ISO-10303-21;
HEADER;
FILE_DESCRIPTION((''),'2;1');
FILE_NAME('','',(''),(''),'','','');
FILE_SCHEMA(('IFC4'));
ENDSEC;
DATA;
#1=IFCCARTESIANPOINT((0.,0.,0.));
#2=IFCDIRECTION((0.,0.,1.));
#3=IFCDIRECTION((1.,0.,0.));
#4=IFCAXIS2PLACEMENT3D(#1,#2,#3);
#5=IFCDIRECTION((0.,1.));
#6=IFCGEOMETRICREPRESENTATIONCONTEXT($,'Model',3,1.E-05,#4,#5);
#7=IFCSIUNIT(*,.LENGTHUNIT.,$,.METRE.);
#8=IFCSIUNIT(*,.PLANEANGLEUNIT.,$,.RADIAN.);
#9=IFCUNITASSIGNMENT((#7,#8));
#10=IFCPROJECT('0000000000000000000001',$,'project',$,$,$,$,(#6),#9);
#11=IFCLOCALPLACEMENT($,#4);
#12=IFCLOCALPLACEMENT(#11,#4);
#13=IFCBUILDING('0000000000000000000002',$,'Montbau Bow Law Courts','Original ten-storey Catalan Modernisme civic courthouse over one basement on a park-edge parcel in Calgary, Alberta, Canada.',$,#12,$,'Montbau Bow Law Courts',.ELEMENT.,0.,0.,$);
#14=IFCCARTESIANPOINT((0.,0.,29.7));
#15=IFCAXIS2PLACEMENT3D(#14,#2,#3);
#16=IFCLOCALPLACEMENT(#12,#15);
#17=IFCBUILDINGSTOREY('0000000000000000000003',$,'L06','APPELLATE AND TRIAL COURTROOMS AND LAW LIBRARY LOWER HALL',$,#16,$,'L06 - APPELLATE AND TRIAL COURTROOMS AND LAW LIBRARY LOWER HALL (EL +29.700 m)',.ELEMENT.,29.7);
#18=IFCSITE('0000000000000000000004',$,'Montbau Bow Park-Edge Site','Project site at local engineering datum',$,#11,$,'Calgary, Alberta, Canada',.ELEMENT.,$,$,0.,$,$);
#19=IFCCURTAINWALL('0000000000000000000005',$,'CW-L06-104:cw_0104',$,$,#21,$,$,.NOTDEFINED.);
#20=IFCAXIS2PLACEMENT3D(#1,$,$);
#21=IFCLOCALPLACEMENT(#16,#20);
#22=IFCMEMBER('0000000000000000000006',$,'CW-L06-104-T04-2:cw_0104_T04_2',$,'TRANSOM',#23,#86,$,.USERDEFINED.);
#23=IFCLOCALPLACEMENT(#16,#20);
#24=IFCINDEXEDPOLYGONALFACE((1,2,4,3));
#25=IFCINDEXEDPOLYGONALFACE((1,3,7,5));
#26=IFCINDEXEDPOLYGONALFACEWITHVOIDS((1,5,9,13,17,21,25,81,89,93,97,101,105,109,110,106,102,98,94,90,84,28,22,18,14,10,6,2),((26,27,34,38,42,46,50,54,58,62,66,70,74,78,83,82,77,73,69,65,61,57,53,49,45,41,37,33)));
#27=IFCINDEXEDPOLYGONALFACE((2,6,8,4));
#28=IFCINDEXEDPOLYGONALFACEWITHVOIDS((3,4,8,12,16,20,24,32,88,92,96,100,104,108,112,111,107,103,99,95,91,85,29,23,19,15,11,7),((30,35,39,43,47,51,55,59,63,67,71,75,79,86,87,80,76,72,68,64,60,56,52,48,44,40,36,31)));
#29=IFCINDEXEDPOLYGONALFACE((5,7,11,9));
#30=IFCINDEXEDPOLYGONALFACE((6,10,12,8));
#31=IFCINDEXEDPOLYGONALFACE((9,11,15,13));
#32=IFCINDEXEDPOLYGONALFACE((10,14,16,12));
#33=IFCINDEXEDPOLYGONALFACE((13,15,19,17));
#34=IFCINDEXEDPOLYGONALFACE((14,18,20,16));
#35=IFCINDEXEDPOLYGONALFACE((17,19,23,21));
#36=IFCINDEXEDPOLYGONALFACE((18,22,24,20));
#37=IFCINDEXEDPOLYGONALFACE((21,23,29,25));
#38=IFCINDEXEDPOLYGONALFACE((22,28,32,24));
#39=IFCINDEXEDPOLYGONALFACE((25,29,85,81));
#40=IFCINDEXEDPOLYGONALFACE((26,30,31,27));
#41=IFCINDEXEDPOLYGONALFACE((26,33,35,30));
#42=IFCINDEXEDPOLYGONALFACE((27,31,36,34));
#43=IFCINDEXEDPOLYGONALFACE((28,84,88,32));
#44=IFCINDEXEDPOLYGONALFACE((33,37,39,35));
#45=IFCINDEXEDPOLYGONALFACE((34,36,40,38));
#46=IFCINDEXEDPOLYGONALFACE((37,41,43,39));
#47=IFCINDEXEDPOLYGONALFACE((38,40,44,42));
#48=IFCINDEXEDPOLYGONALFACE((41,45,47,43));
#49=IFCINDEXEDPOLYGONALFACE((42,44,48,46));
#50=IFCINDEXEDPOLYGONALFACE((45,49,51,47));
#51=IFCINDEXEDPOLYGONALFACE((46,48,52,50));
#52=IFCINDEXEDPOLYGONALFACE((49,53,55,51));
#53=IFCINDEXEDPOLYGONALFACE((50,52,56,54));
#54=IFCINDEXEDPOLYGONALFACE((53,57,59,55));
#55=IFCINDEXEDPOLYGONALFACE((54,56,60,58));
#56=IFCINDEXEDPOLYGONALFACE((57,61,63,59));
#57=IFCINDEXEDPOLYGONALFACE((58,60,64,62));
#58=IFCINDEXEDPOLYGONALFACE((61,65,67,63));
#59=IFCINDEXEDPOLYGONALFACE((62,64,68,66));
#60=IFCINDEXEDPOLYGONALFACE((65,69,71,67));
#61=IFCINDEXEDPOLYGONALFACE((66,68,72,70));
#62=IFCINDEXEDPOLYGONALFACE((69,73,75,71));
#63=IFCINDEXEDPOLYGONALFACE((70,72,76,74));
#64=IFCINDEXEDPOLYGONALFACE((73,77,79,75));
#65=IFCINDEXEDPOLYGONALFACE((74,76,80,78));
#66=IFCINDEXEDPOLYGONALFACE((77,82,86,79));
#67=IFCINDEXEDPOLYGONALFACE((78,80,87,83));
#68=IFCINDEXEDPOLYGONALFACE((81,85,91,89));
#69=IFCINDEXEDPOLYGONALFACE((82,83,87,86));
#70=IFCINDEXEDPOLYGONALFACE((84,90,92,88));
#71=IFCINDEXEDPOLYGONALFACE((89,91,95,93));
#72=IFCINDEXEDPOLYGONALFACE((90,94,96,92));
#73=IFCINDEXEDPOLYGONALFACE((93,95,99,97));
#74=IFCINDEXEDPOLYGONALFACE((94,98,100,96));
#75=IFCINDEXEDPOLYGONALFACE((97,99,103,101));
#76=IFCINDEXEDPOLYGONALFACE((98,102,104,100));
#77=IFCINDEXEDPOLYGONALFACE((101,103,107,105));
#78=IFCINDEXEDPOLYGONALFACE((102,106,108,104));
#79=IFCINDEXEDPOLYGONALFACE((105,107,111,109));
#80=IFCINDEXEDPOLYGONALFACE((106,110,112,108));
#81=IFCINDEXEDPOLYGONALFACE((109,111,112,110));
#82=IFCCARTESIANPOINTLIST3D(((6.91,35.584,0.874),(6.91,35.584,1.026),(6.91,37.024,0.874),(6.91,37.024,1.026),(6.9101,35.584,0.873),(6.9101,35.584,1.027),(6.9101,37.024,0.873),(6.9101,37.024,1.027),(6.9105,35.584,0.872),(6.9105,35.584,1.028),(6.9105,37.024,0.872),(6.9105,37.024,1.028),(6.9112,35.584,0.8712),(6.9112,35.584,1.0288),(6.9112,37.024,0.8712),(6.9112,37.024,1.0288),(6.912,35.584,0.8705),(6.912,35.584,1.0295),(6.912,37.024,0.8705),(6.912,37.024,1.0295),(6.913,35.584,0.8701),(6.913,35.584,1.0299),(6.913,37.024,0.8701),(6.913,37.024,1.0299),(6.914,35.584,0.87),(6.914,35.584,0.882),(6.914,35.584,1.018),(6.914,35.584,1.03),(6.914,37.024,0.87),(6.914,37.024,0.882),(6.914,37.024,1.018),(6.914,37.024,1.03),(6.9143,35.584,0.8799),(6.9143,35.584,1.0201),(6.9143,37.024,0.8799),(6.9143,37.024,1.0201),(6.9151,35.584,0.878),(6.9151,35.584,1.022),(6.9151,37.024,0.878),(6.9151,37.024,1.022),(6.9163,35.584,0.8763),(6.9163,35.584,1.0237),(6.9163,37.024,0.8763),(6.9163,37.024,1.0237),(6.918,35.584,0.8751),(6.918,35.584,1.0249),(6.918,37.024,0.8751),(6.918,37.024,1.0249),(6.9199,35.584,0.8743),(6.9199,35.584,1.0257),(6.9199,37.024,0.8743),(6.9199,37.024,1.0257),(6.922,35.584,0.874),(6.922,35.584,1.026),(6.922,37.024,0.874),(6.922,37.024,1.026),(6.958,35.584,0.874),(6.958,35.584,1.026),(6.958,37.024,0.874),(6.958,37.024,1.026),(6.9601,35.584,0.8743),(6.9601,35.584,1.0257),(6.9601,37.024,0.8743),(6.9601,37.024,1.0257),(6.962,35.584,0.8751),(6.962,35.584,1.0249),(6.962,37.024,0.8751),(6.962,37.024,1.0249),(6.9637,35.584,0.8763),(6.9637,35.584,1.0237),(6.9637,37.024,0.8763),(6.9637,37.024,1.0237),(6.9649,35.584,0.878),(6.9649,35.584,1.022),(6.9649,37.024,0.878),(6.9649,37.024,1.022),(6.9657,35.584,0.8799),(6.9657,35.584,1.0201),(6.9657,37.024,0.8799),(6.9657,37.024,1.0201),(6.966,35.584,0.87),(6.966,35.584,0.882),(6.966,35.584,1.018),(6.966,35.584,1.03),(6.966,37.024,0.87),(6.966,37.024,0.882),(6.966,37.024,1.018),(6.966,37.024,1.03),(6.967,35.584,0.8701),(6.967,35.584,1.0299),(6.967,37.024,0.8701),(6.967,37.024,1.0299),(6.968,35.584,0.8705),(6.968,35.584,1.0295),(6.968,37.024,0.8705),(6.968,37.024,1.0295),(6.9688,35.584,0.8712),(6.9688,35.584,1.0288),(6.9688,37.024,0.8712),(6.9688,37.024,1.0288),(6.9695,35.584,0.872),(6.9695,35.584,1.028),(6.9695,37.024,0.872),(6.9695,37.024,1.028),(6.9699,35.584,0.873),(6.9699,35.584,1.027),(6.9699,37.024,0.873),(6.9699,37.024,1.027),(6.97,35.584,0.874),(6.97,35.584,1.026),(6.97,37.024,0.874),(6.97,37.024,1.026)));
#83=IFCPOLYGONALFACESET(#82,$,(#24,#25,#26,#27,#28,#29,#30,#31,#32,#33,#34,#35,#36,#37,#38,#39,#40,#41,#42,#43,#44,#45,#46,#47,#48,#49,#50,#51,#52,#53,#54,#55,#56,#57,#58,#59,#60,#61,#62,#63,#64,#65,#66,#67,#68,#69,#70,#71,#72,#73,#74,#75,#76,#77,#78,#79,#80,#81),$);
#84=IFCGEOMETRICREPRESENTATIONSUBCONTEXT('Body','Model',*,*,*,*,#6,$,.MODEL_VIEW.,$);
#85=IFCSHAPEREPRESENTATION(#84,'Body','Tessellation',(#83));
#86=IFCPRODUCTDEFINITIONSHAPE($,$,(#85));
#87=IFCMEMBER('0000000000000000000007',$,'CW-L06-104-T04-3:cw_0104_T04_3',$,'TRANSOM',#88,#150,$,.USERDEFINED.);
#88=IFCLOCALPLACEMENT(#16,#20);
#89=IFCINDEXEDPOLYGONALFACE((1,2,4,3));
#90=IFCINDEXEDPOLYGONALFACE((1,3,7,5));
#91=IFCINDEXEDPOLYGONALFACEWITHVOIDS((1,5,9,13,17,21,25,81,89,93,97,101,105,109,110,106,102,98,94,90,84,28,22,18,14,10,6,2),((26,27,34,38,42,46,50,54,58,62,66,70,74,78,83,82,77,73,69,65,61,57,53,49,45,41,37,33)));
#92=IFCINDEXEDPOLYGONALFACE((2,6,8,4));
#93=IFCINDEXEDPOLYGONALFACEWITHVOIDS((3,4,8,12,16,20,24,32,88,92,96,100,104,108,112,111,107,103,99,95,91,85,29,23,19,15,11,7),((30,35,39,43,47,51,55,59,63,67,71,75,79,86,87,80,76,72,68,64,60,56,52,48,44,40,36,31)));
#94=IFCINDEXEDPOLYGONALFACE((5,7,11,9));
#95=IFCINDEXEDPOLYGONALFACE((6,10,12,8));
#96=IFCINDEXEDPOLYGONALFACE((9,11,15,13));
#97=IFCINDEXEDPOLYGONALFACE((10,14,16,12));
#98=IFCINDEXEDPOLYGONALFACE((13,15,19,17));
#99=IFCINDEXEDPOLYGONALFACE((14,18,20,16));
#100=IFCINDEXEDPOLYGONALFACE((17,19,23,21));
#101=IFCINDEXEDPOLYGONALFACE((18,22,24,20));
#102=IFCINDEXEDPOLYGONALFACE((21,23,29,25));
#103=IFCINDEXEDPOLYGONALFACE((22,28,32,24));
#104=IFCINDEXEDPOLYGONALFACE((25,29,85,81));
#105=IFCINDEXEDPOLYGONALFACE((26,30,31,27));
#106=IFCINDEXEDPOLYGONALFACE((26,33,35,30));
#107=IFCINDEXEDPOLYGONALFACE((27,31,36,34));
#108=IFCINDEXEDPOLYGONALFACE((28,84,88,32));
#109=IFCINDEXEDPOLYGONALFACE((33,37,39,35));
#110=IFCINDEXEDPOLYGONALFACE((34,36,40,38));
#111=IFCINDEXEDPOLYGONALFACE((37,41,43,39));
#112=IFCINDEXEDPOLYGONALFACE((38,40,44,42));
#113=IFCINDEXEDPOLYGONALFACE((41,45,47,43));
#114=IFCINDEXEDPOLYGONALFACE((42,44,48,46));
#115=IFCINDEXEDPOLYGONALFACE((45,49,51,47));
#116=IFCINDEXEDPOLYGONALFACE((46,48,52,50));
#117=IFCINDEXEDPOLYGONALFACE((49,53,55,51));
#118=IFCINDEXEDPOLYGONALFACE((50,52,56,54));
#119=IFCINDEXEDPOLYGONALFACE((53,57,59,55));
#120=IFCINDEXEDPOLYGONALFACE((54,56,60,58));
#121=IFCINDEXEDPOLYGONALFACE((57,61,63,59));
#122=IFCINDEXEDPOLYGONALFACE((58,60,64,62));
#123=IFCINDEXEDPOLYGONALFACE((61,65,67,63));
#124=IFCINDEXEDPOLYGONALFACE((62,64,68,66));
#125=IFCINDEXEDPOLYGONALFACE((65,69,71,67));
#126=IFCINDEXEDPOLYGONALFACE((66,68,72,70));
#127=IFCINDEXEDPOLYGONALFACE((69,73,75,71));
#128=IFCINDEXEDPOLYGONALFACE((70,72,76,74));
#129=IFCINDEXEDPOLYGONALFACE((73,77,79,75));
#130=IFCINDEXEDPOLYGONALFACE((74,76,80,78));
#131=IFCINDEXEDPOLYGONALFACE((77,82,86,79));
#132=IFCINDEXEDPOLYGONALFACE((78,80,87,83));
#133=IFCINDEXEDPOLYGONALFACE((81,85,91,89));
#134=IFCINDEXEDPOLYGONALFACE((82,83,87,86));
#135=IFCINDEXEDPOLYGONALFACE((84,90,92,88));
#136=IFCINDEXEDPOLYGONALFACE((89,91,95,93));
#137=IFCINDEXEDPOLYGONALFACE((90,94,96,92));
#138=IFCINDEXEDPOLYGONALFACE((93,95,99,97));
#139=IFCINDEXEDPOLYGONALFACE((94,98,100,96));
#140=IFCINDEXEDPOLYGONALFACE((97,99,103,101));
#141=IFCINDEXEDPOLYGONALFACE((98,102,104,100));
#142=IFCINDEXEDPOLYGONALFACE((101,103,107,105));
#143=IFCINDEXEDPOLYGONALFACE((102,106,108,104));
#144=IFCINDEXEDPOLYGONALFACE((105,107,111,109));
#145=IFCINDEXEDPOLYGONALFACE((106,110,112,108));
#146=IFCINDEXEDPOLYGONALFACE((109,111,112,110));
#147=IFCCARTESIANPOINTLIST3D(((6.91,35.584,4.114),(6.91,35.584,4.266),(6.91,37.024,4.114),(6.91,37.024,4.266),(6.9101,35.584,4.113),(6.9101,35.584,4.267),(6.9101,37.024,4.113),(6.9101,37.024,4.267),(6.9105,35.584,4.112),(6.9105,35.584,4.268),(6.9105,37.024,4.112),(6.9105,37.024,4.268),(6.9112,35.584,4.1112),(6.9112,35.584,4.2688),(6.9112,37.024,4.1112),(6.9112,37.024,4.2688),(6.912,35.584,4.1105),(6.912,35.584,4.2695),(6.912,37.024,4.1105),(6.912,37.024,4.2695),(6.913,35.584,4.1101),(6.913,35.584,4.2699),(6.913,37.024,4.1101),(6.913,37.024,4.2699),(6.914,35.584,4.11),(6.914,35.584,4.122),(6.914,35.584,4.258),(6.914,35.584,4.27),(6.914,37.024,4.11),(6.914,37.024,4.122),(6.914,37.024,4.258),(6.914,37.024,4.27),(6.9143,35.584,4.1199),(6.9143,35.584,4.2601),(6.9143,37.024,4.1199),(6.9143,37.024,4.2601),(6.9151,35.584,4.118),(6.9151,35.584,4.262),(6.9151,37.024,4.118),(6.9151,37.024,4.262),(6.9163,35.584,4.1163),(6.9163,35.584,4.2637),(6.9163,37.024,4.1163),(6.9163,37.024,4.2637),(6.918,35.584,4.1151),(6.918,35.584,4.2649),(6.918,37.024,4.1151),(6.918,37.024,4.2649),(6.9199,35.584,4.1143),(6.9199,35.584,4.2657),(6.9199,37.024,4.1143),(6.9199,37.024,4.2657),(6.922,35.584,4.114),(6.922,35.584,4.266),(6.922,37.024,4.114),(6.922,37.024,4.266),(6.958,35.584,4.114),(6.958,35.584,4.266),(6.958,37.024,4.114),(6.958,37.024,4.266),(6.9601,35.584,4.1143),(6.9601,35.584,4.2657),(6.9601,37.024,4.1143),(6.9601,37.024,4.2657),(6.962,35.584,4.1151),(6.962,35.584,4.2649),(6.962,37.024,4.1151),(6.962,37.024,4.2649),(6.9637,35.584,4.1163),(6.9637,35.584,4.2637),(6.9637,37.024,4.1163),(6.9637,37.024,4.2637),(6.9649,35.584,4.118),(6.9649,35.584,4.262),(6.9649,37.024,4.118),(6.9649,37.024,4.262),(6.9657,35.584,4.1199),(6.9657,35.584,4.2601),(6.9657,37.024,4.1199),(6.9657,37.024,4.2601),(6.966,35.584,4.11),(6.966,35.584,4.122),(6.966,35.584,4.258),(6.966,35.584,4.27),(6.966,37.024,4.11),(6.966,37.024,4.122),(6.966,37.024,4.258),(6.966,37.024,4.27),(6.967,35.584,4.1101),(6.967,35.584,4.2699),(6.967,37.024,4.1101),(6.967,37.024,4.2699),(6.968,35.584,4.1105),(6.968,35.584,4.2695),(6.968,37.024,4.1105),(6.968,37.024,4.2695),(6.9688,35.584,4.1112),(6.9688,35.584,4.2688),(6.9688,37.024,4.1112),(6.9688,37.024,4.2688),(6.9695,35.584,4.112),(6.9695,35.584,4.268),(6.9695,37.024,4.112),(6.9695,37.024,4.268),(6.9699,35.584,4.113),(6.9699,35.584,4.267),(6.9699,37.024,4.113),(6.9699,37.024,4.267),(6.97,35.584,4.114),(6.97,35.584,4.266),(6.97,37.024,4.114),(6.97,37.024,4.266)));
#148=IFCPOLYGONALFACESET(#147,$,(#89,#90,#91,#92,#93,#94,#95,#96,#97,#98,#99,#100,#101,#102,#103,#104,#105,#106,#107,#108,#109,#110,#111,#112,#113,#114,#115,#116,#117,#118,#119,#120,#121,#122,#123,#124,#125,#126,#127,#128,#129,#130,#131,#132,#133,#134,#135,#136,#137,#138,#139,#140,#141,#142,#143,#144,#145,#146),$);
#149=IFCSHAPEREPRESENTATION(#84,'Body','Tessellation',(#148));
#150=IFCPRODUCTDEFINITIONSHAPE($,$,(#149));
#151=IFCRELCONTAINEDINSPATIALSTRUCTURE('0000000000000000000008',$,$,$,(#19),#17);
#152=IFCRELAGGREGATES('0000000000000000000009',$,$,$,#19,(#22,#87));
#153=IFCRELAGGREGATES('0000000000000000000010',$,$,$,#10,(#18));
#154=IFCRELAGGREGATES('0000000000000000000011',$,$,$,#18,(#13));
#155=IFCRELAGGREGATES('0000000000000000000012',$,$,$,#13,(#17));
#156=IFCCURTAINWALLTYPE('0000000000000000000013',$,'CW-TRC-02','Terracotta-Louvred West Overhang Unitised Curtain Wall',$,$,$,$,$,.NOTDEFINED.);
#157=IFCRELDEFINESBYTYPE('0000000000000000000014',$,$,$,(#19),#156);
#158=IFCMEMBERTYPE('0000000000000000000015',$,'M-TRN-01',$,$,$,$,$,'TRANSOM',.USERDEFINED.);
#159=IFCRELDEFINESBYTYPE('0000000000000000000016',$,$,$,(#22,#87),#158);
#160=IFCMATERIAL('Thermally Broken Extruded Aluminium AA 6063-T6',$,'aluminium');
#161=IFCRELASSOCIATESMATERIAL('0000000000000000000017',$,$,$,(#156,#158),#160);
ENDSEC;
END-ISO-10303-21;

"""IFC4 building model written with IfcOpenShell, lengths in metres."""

from ifc_helpers import new_model, si_unit, direction, frame, origin_with_axes, origin_2d_with_axis, place, context, subcontext, project, spatial, hollow_rectangle, extrude, material, material_profile, profile_set, type_object, element, aggregate, save


model = new_model("IFC4")

# Units and contexts
model_context = context("Model", 3, precision=1e-05, world=origin_with_axes(), true_north=direction((0.0, 1.0)))
body_context = subcontext(model_context, "Body", "Model", "MODEL_VIEW")
ifc_project = project(units=[si_unit("LENGTHUNIT", "METRE"), si_unit("PLANEANGLEUNIT", "RADIAN")], contexts=[model_context])

# Site, building, storey
site_placement = place(None, origin_with_axes())
site = spatial("IfcSite", under=ifc_project, at=site_placement, Name="Montbau Bow Park-Edge Site", Description="Project site at local engineering datum", LongName="Calgary, Alberta, Canada", CompositionType="ELEMENT", RefElevation=0.0)
building_placement = place(site_placement, origin_with_axes())
building = spatial("IfcBuilding", under=site, at=building_placement, Name="Montbau Bow Law Courts", Description="Original ten-storey Catalan Modernisme civic courthouse over one basement on a park-edge parcel in Calgary, Alberta, Canada.", LongName="Montbau Bow Law Courts", CompositionType="ELEMENT", ElevationOfRefHeight=0.0, ElevationOfTerrain=0.0)
storey_placement = place(building_placement, frame((0.0, 0.0, 29.7), z_axis=(0.0, 0.0, 1.0), x_axis=(1.0, 0.0, 0.0)))
storey = spatial("IfcBuildingStorey", under=building, at=storey_placement, Name="L06", Description="APPELLATE AND TRIAL COURTROOMS AND LAW LIBRARY LOWER HALL", LongName="L06 - APPELLATE AND TRIAL COURTROOMS AND LAW LIBRARY LOWER HALL (EL +29.700 m)", CompositionType="ELEMENT", Elevation=29.7)

# Curtain wall, members
ifc_material_1 = material(Name="Thermally Broken Extruded Aluminium AA 6063-T6", Category="aluminium")
curtain_wall_type = type_object("IfcCurtainWallType", Name="CW-TRC-02", Description="Terracotta-Louvred West Overhang Unitised Curtain Wall", PredefinedType="NOTDEFINED", material=ifc_material_1)
curtain_wall_placement = place(None, frame((6.94, 31.04, 29.7), z_axis=(0.0, 0.0, 1.0), x_axis=(1.0, 0.0, 0.0)))
curtain_wall = element("IfcCurtainWall", 1, at=curtain_wall_placement, inside=storey, type_object=curtain_wall_type, Name="CW-L06-104:cw_0104", PredefinedType="NOTDEFINED")
ifc_material_profile_1 = material_profile(ifc_material_1, hollow_rectangle(XDim=0.06, YDim=0.16, WallThickness=0.004, InnerFilletRadius=0.008, OuterFilletRadius=0.004, at=origin_2d_with_axis()), Name="CWT-160X60", Category="Main", Priority=0)
ifc_profile_set_1 = profile_set([ifc_material_profile_1], Name="Thermally Broken Extruded Aluminium AA 6063-T6")
member_type_1 = type_object("IfcMemberType", Name="M-TRN-01", ElementType="TRANSOM", PredefinedType="USERDEFINED", material=ifc_profile_set_1)
member_1_placement = place(None, frame((6.94, 35.584, 30.65), z_axis=(0.0, 1.0, 0.0), x_axis=(-1.0, 0.0, 0.0)))
member_1 = element("IfcMember", 2, at=member_1_placement, type_object=member_type_1, Name="CW-L06-104-T04-2:cw_0104_T04_2", ObjectType="TRANSOM", PredefinedType="USERDEFINED", context=body_context, shape_type="SweptSolid", body=[
    extrude(hollow_rectangle(XDim=0.06, YDim=0.16, WallThickness=0.004, InnerFilletRadius=0.008, OuterFilletRadius=0.004, at=origin_2d_with_axis()), origin_with_axes(), (0.0, 0.0, 1.0), 1.44),
])
member_2_placement = place(None, frame((6.94, 35.584, 33.89), z_axis=(0.0, 1.0, 0.0), x_axis=(-1.0, 0.0, 0.0)))
member_2 = element("IfcMember", 3, at=member_2_placement, type_object=member_type_1, Name="CW-L06-104-T04-3:cw_0104_T04_3", ObjectType="TRANSOM", PredefinedType="USERDEFINED", context=body_context, shape_type="SweptSolid", body=[
    extrude(hollow_rectangle(XDim=0.06, YDim=0.16, WallThickness=0.004, InnerFilletRadius=0.008, OuterFilletRadius=0.004, at=origin_2d_with_axis()), origin_with_axes(), (0.0, 0.0, 1.0), 1.44),
])
aggregate(curtain_wall, [member_1, member_2])

save(model, "model.ifc")
